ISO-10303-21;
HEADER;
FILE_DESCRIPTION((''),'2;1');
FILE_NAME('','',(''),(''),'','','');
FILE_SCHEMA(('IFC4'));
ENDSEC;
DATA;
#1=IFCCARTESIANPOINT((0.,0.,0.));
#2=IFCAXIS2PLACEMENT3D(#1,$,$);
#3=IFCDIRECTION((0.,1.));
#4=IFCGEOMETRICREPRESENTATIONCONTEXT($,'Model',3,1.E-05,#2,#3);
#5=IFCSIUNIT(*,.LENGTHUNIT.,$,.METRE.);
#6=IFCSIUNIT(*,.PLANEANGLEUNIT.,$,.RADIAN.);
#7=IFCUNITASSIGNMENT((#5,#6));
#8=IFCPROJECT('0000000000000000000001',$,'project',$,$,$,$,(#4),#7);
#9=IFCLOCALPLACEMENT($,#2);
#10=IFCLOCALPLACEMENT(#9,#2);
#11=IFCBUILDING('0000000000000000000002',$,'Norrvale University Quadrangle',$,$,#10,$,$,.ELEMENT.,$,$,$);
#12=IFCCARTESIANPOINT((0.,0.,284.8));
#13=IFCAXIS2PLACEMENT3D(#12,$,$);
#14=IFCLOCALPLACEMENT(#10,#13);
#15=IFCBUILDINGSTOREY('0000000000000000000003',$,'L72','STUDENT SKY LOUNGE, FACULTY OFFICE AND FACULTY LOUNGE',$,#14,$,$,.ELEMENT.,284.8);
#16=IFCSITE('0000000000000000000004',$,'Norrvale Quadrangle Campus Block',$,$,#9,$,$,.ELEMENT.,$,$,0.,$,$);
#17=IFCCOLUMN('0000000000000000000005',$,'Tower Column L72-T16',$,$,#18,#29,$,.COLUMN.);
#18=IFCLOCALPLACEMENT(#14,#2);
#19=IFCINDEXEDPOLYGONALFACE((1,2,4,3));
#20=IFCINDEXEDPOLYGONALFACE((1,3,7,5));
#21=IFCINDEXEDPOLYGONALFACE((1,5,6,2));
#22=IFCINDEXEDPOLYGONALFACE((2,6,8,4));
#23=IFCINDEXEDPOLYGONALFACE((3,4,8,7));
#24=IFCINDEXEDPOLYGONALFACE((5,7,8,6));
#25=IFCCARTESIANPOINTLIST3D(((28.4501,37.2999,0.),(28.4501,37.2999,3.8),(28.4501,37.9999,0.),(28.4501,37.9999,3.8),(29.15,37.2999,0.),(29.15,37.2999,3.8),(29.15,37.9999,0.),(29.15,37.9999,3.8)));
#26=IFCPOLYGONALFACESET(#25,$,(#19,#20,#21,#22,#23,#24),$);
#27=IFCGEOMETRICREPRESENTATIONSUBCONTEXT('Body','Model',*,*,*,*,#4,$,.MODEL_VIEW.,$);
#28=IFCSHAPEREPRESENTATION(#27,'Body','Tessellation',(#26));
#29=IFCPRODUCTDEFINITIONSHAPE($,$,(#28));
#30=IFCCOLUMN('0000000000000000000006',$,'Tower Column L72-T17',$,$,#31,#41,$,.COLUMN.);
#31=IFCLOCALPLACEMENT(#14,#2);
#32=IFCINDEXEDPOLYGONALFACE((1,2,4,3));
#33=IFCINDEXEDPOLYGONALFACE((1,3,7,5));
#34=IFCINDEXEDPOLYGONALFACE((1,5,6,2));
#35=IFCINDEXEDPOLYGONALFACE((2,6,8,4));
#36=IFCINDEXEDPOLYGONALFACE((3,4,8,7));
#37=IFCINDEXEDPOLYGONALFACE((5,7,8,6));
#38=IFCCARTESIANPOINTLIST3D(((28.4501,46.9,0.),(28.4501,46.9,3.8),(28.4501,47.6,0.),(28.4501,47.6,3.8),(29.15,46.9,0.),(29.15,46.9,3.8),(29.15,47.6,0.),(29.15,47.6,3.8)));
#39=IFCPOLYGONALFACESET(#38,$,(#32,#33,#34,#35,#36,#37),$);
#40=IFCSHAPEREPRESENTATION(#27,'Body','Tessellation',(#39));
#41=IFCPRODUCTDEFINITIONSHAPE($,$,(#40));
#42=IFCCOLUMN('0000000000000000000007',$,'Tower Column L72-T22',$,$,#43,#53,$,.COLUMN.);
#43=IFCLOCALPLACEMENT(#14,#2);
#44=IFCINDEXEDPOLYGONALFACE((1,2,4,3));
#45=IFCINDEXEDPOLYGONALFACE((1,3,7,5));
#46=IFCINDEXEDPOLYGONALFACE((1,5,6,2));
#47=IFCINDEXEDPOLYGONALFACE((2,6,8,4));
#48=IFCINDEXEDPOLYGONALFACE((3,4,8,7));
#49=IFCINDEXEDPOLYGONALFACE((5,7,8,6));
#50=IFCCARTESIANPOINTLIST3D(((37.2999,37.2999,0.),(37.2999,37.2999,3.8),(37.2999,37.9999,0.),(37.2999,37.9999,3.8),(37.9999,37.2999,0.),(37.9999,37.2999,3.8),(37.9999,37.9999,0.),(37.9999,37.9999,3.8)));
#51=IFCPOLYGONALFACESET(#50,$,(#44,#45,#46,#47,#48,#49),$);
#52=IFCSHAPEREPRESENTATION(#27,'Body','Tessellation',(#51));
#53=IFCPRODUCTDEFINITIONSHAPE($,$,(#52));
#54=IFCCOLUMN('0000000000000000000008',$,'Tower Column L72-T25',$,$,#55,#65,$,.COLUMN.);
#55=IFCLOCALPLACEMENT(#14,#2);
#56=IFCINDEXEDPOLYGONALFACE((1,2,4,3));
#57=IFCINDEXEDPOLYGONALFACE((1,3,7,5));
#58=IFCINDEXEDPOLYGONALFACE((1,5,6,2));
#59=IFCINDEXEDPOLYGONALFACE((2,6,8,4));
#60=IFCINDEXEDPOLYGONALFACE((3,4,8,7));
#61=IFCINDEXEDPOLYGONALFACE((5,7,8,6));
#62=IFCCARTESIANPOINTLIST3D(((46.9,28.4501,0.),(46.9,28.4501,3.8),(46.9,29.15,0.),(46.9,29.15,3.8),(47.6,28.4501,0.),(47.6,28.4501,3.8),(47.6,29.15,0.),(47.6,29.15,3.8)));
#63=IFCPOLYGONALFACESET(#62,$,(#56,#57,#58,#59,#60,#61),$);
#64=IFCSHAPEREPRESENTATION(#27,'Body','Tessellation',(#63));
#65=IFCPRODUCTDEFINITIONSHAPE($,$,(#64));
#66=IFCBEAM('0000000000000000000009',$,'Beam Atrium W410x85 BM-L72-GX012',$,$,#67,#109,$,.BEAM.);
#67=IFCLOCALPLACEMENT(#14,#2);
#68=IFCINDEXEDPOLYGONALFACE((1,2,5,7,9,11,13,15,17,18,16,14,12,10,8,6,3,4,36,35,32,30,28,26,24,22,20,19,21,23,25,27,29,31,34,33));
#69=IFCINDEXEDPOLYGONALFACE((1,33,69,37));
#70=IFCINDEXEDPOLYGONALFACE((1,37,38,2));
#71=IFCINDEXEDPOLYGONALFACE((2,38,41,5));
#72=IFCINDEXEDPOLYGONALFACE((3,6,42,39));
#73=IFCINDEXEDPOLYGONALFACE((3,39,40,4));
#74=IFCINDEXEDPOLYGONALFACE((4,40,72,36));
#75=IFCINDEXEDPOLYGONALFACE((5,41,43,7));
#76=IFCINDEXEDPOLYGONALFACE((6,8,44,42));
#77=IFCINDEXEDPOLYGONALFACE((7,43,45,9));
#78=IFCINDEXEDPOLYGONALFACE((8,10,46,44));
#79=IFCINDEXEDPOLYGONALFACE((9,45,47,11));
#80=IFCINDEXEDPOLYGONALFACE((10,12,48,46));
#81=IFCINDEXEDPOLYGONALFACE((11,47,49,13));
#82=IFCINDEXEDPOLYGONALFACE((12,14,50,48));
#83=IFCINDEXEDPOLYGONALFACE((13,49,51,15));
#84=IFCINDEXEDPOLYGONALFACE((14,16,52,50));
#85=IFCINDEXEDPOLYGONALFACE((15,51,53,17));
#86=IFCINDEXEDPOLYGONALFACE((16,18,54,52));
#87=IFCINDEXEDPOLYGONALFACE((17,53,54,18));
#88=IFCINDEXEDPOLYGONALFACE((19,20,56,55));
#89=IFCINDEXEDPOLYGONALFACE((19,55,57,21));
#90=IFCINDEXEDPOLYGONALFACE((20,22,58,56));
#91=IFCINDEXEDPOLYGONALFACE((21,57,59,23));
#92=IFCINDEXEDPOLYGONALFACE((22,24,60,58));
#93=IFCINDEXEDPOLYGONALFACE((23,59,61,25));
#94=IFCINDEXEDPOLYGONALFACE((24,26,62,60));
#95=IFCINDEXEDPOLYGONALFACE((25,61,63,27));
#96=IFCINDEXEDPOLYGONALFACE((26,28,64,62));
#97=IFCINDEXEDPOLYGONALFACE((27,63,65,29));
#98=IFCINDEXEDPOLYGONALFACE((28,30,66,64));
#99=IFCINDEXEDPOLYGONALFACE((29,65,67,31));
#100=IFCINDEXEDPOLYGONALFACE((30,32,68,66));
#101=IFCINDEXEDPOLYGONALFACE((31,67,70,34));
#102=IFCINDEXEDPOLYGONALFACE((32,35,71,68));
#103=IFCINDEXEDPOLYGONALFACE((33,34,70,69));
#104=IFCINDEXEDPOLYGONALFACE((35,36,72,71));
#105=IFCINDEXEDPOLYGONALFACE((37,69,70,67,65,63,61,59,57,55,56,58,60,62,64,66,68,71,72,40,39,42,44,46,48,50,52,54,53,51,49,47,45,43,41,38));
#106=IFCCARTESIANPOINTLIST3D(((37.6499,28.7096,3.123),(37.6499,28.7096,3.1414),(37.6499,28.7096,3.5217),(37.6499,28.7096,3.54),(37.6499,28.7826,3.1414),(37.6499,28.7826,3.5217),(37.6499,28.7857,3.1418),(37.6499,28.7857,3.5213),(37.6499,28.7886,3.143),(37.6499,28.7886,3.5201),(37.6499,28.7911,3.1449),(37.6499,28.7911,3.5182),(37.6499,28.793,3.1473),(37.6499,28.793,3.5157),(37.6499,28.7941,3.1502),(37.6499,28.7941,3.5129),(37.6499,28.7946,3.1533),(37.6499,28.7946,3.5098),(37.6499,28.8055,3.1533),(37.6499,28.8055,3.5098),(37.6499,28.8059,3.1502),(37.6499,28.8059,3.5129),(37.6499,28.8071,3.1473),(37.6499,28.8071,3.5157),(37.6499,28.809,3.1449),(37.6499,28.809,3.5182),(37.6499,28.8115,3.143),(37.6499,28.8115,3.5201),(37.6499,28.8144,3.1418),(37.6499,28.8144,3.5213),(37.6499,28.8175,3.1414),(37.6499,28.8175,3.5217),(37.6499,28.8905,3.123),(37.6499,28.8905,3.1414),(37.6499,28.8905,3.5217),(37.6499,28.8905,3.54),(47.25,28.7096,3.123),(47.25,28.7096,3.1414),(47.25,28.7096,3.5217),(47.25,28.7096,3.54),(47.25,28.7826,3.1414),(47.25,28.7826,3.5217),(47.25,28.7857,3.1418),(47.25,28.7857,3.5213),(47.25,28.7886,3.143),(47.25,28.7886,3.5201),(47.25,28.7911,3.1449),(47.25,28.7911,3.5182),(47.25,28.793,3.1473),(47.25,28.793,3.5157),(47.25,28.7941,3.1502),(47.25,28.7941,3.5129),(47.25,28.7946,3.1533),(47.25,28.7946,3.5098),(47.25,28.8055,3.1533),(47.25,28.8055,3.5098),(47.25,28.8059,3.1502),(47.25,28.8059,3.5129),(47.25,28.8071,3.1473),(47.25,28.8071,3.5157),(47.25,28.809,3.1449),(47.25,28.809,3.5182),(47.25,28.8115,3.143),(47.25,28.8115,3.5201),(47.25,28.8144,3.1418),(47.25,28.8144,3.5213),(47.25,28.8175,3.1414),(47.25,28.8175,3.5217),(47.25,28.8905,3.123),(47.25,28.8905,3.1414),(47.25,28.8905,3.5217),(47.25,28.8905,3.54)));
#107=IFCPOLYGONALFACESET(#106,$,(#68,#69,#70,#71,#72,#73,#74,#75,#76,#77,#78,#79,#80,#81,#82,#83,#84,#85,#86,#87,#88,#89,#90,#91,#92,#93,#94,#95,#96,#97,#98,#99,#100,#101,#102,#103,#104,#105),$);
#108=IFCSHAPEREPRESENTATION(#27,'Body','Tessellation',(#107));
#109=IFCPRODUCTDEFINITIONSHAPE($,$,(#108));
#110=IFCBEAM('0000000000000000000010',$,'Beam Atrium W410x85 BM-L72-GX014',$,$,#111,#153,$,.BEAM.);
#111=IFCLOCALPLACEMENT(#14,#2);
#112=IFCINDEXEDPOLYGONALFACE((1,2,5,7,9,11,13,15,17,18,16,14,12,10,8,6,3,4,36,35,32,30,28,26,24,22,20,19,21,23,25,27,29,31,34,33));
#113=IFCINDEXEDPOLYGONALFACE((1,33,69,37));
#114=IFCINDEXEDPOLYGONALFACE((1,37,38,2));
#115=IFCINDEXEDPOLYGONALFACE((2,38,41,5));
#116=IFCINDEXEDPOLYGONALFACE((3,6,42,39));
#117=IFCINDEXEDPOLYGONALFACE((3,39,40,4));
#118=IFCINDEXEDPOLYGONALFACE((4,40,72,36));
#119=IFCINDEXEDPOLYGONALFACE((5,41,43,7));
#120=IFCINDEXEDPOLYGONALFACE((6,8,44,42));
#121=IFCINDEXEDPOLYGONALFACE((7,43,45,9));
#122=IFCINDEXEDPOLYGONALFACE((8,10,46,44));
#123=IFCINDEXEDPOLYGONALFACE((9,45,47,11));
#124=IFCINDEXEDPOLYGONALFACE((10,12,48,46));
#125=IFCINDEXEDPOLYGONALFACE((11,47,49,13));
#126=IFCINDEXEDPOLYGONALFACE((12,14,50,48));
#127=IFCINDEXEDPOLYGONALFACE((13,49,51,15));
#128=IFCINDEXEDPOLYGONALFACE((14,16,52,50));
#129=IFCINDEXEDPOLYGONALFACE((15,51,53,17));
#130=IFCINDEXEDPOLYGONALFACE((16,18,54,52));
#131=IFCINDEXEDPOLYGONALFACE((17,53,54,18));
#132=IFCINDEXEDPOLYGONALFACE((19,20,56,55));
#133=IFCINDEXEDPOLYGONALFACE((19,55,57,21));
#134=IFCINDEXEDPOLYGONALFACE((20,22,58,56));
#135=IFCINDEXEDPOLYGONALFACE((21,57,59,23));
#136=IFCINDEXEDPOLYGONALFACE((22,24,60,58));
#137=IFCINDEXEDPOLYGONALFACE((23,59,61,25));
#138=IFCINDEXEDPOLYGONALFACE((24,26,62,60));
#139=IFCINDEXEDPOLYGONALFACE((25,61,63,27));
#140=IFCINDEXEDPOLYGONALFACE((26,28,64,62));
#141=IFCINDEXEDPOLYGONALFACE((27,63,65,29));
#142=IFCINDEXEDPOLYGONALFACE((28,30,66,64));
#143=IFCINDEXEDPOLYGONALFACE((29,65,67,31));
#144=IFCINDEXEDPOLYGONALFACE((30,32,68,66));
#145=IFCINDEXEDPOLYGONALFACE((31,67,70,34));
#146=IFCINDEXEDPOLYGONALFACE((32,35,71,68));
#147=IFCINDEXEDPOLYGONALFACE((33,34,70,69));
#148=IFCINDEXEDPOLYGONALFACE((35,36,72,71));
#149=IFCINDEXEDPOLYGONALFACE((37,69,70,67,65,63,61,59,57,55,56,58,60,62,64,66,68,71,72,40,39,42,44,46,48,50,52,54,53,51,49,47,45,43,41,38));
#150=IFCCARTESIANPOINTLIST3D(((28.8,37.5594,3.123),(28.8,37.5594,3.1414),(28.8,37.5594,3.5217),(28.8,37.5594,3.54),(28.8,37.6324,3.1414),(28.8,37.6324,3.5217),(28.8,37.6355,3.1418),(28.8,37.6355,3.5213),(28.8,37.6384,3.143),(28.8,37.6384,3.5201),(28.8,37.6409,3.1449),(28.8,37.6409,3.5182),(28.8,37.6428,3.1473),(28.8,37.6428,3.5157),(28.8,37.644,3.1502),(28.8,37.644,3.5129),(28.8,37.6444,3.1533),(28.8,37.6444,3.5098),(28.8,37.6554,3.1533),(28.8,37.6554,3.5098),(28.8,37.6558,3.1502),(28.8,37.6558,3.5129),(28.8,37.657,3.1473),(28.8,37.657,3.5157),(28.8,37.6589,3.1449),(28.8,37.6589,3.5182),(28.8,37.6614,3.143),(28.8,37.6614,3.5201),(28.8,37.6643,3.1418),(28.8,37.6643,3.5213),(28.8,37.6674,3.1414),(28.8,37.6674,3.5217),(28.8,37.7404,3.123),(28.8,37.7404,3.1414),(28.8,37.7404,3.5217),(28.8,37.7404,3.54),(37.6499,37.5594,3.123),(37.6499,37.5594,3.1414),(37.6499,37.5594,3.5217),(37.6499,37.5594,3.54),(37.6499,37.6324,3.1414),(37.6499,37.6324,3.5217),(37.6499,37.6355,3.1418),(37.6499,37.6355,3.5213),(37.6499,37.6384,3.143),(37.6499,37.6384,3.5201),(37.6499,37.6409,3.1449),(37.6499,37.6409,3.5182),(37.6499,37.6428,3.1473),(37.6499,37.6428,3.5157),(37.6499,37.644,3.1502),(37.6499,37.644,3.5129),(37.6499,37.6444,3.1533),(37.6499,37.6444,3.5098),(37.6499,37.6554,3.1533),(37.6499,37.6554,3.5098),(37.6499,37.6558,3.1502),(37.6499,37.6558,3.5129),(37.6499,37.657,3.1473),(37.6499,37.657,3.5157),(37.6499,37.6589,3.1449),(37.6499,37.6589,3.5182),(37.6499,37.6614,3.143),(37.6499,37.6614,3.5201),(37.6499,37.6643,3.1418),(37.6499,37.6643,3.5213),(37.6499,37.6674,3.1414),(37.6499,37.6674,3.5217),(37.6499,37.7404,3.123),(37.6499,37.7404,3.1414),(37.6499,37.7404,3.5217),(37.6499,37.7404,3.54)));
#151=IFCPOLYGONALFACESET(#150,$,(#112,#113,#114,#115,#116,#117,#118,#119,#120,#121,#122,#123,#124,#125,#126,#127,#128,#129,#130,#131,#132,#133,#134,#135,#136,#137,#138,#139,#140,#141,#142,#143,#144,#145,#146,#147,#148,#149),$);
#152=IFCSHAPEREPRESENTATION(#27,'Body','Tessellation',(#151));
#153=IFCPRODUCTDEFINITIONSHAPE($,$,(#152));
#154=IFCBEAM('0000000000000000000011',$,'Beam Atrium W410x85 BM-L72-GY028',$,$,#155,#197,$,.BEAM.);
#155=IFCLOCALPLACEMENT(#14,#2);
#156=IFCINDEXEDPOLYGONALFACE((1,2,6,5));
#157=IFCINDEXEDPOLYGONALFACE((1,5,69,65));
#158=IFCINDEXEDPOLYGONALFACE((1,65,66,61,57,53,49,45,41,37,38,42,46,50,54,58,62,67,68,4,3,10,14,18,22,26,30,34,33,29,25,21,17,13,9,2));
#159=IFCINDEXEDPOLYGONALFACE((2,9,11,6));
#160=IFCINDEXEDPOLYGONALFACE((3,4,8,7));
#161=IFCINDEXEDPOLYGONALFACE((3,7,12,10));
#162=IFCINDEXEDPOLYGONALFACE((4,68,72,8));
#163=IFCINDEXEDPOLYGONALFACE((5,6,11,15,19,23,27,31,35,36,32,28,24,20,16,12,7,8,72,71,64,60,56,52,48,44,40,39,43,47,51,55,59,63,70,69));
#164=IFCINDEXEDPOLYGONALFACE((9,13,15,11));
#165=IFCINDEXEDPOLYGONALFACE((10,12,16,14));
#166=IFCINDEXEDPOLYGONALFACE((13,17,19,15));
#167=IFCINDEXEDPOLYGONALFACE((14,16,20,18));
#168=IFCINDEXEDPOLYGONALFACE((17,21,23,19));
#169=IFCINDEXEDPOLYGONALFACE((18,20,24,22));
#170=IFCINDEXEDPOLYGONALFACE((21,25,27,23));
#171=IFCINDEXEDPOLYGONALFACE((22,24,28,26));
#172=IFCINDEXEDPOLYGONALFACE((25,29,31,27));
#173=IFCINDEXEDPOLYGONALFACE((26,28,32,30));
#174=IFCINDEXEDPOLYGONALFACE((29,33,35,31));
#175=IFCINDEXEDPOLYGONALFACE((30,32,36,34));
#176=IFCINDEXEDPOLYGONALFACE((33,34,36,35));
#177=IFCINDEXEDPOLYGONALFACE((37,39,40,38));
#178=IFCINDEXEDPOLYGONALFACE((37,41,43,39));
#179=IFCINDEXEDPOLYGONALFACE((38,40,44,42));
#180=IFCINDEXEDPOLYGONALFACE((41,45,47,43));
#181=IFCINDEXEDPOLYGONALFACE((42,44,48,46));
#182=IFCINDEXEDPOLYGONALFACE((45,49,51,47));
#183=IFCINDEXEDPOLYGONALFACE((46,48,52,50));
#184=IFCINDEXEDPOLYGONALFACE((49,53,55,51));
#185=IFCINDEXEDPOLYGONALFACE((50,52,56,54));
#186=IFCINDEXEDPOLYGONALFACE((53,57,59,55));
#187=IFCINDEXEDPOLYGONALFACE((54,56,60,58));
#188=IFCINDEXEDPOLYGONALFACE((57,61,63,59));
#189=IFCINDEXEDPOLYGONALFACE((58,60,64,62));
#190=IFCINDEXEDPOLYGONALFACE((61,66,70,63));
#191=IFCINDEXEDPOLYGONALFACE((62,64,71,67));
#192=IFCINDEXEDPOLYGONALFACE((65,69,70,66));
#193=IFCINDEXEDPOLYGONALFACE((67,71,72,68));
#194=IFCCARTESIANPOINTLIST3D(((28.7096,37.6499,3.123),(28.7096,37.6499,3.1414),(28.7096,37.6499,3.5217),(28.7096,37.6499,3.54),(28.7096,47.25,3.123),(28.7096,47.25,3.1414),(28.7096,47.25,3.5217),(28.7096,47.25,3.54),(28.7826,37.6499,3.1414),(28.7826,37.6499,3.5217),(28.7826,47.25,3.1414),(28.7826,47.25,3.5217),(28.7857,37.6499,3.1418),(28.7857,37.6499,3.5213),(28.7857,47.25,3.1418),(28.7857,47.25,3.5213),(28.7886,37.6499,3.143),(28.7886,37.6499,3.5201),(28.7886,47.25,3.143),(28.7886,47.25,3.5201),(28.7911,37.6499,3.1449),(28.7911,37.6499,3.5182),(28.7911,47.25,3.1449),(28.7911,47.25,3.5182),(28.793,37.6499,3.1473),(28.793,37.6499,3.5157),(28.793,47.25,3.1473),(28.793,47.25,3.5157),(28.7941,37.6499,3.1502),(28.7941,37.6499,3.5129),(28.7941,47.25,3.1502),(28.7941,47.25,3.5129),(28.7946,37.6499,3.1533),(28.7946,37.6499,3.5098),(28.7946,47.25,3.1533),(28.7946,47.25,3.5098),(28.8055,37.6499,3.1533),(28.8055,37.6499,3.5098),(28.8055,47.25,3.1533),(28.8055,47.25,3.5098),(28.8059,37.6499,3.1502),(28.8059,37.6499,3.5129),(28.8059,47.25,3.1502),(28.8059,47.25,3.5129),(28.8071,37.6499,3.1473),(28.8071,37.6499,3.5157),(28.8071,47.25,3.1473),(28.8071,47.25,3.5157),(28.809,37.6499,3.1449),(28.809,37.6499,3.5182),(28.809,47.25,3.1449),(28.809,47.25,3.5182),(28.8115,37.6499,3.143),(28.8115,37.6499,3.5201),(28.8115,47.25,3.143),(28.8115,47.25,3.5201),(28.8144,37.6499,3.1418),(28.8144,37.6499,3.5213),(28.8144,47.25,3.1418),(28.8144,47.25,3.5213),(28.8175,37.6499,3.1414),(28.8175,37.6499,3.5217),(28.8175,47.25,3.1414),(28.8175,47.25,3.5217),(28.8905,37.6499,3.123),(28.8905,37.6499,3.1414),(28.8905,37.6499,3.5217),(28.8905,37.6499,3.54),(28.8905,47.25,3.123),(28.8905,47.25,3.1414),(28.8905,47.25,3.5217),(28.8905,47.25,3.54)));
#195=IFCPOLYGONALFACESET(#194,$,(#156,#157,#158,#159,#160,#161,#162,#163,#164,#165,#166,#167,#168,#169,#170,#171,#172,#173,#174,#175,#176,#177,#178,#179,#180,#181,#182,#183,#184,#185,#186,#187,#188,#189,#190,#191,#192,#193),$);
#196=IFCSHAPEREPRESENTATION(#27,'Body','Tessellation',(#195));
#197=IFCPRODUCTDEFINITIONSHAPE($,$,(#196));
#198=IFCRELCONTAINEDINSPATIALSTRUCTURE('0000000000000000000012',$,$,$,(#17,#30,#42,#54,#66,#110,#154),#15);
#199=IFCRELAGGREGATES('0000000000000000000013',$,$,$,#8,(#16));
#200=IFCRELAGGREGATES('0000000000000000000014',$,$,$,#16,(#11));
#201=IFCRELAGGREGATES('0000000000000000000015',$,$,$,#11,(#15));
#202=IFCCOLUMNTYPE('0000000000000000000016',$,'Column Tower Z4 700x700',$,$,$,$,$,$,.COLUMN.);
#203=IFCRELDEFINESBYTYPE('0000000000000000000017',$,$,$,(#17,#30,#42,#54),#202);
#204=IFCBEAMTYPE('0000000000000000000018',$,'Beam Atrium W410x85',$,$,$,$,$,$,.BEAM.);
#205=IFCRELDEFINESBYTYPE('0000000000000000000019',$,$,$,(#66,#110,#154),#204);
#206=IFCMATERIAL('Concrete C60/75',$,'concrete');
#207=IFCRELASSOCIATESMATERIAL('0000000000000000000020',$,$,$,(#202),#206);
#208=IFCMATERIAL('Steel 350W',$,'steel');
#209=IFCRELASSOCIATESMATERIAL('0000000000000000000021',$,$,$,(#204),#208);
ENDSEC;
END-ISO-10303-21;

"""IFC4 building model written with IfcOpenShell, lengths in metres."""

from ifc_helpers import new_model, si_unit, direction, frame, origin, origin_2d, place, context, subcontext, project, spatial, rectangle, i_section, extrude, material, material_profile, profile_set, type_object, element, save


model = new_model("IFC4")

# Units and contexts
model_context = context("Model", 3, precision=1e-05, world=origin(), true_north=direction((0.0, 1.0)))
body_context = subcontext(model_context, "Body", "Model", "MODEL_VIEW")
ifc_project = project(units=[si_unit("LENGTHUNIT", "METRE"), si_unit("PLANEANGLEUNIT", "RADIAN")], contexts=[model_context])

# Site, building, storey
site_placement = place(None, origin())
site = spatial("IfcSite", under=ifc_project, at=site_placement, Name="Norrvale Quadrangle Campus Block", CompositionType="ELEMENT", RefElevation=0.0)
building_placement = place(site_placement, origin())
building = spatial("IfcBuilding", under=site, at=building_placement, Name="Norrvale University Quadrangle", CompositionType="ELEMENT")
storey_placement = place(building_placement, frame((0.0, 0.0, 284.8)))
storey = spatial("IfcBuildingStorey", under=building, at=storey_placement, Name="L72", Description="STUDENT SKY LOUNGE, FACULTY OFFICE AND FACULTY LOUNGE", CompositionType="ELEMENT", Elevation=284.8)

# Columns
ifc_material_1 = material(Name="Concrete C60/75", Category="concrete")
ifc_material_profile_1 = material_profile(ifc_material_1, rectangle(XDim=0.7, YDim=0.7, at=origin_2d()), Name="Concrete C60/75")
ifc_profile_set_1 = profile_set([ifc_material_profile_1], Name="Concrete C60/75")
column_type = type_object("IfcColumnType", Name="Column Tower Z4 700x700", PredefinedType="COLUMN", material=ifc_profile_set_1)
for number, where, z_axis, x_axis, name in (
    (1, (28.8, 37.6499, 0.0), (0.0, 0.0, 1.0), (1.0, 0.0, 0.0), "Tower Column L72-T16"),
    (2, (28.8, 47.25, 0.0), (0.0, 0.0, 1.0), (1.0, 0.0, 0.0), "Tower Column L72-T17"),
    (3, (37.6499, 37.6499, 0.0), (0.0, 0.0, 1.0), (1.0, 0.0, 0.0), "Tower Column L72-T22"),
    (4, (47.25, 28.8, 0.0), (0.0, 0.0, 1.0), (1.0, 0.0, 0.0), "Tower Column L72-T25"),
):
    element("IfcColumn", number, at=place(storey_placement, frame(where, z_axis=z_axis, x_axis=x_axis)), inside=storey, type_object=column_type, Name=name, PredefinedType="COLUMN", context=body_context, shape_type="SweptSolid", body=[
        extrude(rectangle(XDim=0.7, YDim=0.7, at=origin_2d()), origin(), (0.0, 0.0, 1.0), 3.8),
    ])

# Beams
ifc_material_2 = material(Name="Steel 350W", Category="steel")
ifc_material_profile_2 = material_profile(ifc_material_2, i_section(OverallWidth=0.1809, OverallDepth=0.417, WebThickness=0.011, FlangeThickness=0.0183, FilletRadius=0.012, at=origin_2d()), Name="Steel 350W")
ifc_profile_set_2 = profile_set([ifc_material_profile_2], Name="Steel 350W")
beam_type_1 = type_object("IfcBeamType", Name="Beam Atrium W410x85", PredefinedType="BEAM", material=ifc_profile_set_2)
beam_1_placement = place(storey_placement, frame((37.6499, 28.8, 3.3315), z_axis=(1.0, 0.0, 0.0), x_axis=(0.0, 1.0, 0.0)))
element("IfcBeam", 5, at=beam_1_placement, inside=storey, type_object=beam_type_1, Name="Beam Atrium W410x85 BM-L72-GX012", PredefinedType="BEAM", context=body_context, shape_type="SweptSolid", body=[
    extrude(i_section(OverallWidth=0.1809, OverallDepth=0.417, WebThickness=0.011, FlangeThickness=0.0183, FilletRadius=0.012, at=origin_2d()), origin(), (0.0, 0.0, 1.0), 9.6001),
])
beam_2_placement = place(storey_placement, frame((28.8, 37.6499, 3.3315), z_axis=(1.0, 0.0, 0.0), x_axis=(0.0, 1.0, 0.0)))
element("IfcBeam", 6, at=beam_2_placement, inside=storey, type_object=beam_type_1, Name="Beam Atrium W410x85 BM-L72-GX014", PredefinedType="BEAM", context=body_context, shape_type="SweptSolid", body=[
    extrude(i_section(OverallWidth=0.1809, OverallDepth=0.417, WebThickness=0.011, FlangeThickness=0.0183, FilletRadius=0.012, at=origin_2d()), origin(), (0.0, 0.0, 1.0), 8.8499),
])
beam_3_placement = place(storey_placement, frame((28.8, 37.6499, 3.3315), z_axis=(0.0, 1.0, 0.0), x_axis=(-1.0, 0.0, 0.0)))
element("IfcBeam", 7, at=beam_3_placement, inside=storey, type_object=beam_type_1, Name="Beam Atrium W410x85 BM-L72-GY028", PredefinedType="BEAM", context=body_context, shape_type="SweptSolid", body=[
    extrude(i_section(OverallWidth=0.1809, OverallDepth=0.417, WebThickness=0.011, FlangeThickness=0.0183, FilletRadius=0.012, at=origin_2d()), origin(), (0.0, 0.0, 1.0), 9.6001),
])

save(model, "model.ifc")
